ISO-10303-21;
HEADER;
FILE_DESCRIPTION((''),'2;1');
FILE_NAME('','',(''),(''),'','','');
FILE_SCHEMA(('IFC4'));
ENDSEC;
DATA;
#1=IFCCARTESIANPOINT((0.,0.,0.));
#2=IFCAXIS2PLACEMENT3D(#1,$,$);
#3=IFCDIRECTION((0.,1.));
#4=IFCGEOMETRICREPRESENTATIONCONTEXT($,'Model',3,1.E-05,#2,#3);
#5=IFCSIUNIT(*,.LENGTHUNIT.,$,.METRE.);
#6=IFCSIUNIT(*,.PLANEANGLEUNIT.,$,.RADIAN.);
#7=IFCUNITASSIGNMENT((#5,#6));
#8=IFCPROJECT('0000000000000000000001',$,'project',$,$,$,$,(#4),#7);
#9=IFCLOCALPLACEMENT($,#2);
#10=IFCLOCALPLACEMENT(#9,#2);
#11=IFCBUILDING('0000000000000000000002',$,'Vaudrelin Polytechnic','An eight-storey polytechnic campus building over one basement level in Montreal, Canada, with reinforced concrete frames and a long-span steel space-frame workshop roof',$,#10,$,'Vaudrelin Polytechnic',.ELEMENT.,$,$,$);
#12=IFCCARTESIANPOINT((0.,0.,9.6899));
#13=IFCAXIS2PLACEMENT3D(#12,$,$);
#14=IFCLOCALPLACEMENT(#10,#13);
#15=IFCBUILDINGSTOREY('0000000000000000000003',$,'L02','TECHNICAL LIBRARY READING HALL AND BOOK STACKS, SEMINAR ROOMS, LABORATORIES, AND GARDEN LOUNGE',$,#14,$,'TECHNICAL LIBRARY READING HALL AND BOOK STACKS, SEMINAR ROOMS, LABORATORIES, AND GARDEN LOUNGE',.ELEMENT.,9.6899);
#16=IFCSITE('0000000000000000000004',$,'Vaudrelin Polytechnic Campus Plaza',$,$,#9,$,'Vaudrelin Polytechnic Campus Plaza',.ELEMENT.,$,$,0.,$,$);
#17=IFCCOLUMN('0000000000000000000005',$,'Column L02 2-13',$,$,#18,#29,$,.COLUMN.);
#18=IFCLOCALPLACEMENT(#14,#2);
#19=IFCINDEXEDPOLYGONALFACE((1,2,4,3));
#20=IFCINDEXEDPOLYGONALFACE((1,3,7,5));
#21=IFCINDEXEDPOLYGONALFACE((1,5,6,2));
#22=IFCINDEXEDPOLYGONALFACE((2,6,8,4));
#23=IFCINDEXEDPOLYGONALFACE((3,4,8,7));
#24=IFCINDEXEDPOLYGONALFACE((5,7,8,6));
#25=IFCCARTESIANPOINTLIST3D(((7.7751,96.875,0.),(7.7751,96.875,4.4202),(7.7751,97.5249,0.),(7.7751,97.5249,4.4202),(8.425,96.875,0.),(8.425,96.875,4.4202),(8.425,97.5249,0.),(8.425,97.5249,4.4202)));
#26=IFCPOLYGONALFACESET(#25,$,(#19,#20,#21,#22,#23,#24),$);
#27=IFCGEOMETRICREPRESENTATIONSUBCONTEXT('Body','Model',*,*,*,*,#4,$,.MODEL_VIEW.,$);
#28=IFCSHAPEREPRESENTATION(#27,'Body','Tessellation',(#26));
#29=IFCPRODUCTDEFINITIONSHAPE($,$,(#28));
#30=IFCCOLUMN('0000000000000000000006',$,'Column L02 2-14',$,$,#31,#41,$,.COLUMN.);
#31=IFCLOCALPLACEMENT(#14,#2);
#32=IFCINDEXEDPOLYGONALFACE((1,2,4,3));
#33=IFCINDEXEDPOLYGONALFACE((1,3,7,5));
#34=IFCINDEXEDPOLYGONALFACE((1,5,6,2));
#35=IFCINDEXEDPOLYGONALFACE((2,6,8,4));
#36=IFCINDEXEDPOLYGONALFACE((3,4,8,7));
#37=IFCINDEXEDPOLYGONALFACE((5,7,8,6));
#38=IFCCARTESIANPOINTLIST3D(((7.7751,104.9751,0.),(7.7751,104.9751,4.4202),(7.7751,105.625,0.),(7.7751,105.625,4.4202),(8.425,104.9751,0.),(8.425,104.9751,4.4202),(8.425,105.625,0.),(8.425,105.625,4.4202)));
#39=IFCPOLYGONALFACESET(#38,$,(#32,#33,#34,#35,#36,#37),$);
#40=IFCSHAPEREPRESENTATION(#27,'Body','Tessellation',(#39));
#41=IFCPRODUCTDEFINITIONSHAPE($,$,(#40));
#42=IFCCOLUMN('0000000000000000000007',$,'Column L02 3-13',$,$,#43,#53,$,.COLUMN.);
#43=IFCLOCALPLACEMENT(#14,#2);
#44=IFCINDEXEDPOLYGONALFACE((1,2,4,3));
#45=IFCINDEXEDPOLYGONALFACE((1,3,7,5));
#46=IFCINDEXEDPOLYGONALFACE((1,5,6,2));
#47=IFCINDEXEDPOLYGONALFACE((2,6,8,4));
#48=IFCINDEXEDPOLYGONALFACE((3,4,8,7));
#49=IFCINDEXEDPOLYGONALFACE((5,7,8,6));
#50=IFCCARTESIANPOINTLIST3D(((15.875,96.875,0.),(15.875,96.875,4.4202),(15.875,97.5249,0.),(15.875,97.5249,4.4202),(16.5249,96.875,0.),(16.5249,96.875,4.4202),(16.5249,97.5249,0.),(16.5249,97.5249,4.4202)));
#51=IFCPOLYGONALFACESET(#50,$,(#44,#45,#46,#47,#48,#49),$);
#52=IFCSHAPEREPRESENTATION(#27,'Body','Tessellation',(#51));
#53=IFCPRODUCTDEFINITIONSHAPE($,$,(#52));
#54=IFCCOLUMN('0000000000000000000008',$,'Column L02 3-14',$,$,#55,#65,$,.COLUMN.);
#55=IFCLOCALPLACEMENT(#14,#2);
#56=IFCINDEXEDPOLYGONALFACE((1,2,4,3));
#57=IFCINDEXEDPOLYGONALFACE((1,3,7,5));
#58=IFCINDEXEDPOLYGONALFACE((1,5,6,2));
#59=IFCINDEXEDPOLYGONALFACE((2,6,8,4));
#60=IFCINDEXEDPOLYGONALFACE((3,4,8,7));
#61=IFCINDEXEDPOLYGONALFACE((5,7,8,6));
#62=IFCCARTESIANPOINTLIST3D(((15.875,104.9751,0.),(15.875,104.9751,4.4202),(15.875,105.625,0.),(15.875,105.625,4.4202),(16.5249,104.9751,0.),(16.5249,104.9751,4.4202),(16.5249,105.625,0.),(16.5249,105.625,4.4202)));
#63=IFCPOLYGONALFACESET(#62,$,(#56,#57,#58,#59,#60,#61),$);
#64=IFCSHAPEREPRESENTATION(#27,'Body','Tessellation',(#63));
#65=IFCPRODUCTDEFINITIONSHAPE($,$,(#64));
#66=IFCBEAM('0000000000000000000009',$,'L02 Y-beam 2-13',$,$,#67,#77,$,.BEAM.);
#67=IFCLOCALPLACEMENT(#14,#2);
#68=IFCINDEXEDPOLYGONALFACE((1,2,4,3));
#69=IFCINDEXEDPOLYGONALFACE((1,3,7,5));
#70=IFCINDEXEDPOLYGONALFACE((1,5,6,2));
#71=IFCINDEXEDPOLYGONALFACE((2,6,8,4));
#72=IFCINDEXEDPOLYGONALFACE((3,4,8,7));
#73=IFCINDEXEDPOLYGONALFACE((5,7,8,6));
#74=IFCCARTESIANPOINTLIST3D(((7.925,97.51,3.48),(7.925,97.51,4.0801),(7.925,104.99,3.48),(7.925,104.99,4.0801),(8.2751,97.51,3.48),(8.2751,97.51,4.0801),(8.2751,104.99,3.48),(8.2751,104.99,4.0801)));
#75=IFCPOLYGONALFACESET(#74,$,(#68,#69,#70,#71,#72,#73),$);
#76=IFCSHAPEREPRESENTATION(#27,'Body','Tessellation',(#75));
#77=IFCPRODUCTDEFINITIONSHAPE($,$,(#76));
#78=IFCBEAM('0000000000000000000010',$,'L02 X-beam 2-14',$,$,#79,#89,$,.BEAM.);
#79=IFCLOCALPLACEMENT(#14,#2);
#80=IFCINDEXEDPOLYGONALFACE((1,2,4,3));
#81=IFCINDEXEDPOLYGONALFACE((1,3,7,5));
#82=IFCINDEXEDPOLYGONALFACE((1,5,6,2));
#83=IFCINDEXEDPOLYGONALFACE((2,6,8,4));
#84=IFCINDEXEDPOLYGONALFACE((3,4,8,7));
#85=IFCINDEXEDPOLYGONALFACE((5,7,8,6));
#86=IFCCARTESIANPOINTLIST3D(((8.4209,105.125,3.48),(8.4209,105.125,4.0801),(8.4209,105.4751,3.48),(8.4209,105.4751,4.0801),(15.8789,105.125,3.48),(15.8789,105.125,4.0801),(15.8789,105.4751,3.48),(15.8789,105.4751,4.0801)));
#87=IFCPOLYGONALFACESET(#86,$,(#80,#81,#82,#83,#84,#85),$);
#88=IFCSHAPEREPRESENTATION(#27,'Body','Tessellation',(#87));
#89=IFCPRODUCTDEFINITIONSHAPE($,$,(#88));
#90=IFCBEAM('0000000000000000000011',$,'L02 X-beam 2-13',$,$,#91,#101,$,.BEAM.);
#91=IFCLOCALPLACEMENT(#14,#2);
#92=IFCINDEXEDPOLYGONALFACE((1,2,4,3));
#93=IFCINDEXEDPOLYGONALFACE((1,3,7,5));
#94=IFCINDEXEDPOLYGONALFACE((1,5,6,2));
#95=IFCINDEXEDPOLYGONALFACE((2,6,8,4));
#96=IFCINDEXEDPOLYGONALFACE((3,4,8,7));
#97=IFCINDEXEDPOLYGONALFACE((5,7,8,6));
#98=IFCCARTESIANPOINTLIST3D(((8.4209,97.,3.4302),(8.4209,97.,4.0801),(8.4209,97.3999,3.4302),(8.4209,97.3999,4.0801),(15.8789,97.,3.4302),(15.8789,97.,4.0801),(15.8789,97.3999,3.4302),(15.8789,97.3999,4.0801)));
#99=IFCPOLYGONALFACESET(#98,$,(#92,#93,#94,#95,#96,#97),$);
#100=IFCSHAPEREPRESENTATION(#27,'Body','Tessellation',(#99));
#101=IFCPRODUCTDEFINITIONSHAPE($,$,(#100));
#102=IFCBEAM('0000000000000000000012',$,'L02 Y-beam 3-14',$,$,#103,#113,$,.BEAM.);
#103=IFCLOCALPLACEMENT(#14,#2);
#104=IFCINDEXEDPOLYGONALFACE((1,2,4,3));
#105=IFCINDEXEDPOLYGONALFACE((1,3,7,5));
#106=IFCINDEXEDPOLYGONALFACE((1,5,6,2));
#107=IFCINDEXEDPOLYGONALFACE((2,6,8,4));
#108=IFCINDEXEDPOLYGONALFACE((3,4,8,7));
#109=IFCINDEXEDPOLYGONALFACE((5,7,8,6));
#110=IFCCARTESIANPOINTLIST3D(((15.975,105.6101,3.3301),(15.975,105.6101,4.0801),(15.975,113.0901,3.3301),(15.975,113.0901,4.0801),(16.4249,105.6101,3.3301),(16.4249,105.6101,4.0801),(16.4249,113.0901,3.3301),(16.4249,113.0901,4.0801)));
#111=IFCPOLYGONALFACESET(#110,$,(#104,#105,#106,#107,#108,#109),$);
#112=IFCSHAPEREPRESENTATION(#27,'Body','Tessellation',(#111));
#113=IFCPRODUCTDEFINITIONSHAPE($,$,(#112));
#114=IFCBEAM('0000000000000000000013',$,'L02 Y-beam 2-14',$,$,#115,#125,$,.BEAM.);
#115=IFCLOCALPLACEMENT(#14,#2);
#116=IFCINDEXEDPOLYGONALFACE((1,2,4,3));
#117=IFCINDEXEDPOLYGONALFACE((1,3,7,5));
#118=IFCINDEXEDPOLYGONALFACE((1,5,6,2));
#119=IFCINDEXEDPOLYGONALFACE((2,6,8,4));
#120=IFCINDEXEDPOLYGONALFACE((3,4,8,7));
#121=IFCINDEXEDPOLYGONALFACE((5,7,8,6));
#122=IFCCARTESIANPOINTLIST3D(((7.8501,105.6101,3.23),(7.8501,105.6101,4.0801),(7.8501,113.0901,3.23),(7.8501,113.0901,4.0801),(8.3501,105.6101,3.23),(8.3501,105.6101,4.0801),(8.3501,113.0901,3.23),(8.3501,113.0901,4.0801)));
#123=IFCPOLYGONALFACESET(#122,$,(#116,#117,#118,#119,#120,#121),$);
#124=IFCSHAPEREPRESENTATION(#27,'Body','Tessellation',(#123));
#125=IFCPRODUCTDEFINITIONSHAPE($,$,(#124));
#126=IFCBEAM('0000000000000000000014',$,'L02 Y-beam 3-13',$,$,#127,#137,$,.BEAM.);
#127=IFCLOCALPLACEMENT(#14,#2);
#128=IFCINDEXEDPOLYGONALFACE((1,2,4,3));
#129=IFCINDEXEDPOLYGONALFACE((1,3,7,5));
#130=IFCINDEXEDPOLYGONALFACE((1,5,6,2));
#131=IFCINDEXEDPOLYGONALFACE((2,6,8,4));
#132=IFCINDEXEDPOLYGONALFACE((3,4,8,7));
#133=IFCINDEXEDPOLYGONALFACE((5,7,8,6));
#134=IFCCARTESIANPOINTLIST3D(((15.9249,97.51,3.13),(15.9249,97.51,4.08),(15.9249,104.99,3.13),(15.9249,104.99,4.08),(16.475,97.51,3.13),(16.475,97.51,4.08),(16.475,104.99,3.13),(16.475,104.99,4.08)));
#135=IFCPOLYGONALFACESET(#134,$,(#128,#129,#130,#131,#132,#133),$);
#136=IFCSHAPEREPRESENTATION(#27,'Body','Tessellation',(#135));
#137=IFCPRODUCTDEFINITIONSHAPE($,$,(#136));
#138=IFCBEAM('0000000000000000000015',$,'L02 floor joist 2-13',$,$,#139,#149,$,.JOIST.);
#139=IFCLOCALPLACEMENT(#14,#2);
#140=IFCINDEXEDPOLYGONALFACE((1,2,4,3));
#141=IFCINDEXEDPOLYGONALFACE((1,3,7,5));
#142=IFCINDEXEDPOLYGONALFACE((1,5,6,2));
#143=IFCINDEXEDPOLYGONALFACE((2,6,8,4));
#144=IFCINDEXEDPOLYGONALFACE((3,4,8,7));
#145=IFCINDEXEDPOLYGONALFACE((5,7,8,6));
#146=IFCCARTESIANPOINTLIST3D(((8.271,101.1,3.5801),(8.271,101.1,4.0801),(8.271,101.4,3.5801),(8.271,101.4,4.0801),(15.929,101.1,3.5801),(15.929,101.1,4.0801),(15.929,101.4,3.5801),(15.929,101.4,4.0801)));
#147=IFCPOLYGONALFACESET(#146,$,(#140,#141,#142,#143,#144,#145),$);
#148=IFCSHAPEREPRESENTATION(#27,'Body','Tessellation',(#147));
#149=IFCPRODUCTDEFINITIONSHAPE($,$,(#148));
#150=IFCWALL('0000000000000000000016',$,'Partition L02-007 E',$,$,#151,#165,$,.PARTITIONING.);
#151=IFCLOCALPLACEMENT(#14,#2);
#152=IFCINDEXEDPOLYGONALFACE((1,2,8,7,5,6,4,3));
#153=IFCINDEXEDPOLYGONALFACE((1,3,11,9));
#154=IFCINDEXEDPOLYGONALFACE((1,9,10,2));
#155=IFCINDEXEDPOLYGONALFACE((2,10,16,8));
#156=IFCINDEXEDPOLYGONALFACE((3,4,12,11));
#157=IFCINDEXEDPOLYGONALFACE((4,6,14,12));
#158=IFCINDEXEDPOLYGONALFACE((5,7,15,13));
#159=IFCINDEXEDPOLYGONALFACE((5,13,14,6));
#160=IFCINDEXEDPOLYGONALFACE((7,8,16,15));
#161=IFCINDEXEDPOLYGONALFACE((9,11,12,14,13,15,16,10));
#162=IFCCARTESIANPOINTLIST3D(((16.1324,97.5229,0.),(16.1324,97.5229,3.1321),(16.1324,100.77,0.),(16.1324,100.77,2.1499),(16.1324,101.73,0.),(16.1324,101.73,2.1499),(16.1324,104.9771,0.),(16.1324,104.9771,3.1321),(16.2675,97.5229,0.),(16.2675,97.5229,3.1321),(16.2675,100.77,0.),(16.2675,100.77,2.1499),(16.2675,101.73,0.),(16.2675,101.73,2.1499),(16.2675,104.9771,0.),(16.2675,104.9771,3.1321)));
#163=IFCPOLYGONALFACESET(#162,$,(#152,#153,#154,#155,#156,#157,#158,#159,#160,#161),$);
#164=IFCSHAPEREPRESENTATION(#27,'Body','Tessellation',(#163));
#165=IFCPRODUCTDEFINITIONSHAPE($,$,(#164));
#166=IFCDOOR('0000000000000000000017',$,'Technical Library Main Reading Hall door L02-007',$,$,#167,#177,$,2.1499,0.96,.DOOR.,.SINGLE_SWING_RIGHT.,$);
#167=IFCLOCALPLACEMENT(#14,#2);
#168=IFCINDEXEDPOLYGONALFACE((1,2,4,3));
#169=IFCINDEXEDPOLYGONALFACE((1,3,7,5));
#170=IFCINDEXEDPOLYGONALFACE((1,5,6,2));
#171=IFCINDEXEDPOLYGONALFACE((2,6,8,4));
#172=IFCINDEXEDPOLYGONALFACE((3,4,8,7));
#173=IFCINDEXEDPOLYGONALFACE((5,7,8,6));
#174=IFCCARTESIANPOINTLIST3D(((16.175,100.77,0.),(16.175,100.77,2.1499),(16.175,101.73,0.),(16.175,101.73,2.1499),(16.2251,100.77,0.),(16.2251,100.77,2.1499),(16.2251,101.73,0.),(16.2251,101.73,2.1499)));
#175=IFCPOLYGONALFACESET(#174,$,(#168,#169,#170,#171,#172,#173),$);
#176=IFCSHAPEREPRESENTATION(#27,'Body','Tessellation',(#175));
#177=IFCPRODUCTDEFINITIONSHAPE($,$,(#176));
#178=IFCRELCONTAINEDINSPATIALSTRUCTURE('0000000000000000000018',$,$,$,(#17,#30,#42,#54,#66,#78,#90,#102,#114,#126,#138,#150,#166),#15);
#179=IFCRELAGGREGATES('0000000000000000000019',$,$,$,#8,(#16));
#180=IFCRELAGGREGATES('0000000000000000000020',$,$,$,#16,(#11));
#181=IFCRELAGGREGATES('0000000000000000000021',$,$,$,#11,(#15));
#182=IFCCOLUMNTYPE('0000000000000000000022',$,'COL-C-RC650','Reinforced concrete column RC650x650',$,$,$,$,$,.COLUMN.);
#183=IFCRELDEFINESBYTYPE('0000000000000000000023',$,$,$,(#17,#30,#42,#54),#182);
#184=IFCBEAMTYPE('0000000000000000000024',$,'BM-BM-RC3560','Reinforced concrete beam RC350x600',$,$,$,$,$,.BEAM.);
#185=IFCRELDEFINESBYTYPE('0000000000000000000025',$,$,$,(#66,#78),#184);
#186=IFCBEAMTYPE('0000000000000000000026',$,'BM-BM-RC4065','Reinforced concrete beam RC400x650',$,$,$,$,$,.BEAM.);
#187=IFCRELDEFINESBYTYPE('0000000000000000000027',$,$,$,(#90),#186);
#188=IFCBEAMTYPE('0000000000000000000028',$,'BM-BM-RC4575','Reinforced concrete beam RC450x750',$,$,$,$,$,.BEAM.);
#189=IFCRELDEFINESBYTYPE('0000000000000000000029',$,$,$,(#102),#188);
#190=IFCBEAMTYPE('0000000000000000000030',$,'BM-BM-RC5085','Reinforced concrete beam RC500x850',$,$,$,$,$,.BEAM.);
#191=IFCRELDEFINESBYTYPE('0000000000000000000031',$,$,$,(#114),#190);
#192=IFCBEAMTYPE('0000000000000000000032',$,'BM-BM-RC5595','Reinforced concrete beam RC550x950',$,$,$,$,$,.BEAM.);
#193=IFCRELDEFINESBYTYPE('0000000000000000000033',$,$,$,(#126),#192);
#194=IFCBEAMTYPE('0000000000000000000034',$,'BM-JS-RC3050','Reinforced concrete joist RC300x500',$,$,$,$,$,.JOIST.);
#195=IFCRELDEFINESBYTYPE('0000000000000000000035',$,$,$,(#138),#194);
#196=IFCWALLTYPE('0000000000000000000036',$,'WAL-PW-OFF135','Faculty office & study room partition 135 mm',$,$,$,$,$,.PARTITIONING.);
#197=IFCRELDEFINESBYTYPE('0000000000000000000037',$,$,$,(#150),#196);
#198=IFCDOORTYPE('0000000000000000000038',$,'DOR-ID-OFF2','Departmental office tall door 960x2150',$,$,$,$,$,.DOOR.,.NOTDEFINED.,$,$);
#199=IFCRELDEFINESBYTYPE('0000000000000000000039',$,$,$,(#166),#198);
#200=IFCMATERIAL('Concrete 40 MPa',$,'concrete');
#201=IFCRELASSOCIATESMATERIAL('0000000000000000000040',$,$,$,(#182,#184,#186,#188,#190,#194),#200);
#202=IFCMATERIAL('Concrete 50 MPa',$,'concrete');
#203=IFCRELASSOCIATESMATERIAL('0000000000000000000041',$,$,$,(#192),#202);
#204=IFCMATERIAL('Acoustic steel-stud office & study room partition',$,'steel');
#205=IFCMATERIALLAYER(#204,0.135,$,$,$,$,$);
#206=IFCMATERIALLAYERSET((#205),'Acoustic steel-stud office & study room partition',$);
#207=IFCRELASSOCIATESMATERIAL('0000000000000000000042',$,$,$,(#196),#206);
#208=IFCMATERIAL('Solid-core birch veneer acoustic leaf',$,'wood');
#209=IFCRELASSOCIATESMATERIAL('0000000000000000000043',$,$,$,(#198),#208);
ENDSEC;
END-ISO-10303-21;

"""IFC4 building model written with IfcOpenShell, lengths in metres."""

from ifc_helpers import new_model, si_unit, direction, frame, frame_2d, origin, origin_2d, place, context, subcontext, project, spatial, rectangle, extrude, material, layer, layer_set, material_profile, profile_set, type_object, element, fill, save


model = new_model("IFC4")

# Units and contexts
model_context = context("Model", 3, precision=1e-05, world=origin(), true_north=direction((0.0, 1.0)))
body_context = subcontext(model_context, "Body", "Model", "MODEL_VIEW")
ifc_project = project(units=[si_unit("LENGTHUNIT", "METRE"), si_unit("PLANEANGLEUNIT", "RADIAN")], contexts=[model_context])

# Site, building, storey
site_placement = place(None, origin())
site = spatial("IfcSite", under=ifc_project, at=site_placement, Name="Vaudrelin Polytechnic Campus Plaza", LongName="Vaudrelin Polytechnic Campus Plaza", CompositionType="ELEMENT", RefElevation=0.0)
building_placement = place(site_placement, origin())
building = spatial("IfcBuilding", under=site, at=building_placement, Name="Vaudrelin Polytechnic", Description="An eight-storey polytechnic campus building over one basement level in Montreal, Canada, with reinforced concrete frames and a long-span steel space-frame workshop roof", LongName="Vaudrelin Polytechnic", CompositionType="ELEMENT")
storey_placement = place(building_placement, frame((0.0, 0.0, 9.6899)))
storey = spatial("IfcBuildingStorey", under=building, at=storey_placement, Name="L02", Description="TECHNICAL LIBRARY READING HALL AND BOOK STACKS, SEMINAR ROOMS, LABORATORIES, AND GARDEN LOUNGE", LongName="TECHNICAL LIBRARY READING HALL AND BOOK STACKS, SEMINAR ROOMS, LABORATORIES, AND GARDEN LOUNGE", CompositionType="ELEMENT", Elevation=9.6899)

# Columns
ifc_material_1 = material(Name="Concrete 40 MPa", Category="concrete")
ifc_material_profile_1 = material_profile(ifc_material_1, rectangle(XDim=0.6499, YDim=0.6499, at=origin_2d()), Name="RC650x650")
ifc_profile_set_1 = profile_set([ifc_material_profile_1], Name="Concrete 40 MPa")
column_type = type_object("IfcColumnType", Name="COL-C-RC650", Description="Reinforced concrete column RC650x650", PredefinedType="COLUMN", material=ifc_profile_set_1)
for number, where, z_axis, x_axis, name in (
    (1, (8.1001, 97.2, 0.0), (0.0, 0.0, 1.0), (1.0, 0.0, 0.0), "Column L02 2-13"),
    (2, (8.1001, 105.3, 0.0), (0.0, 0.0, 1.0), (1.0, 0.0, 0.0), "Column L02 2-14"),
    (3, (16.2, 97.2, 0.0), (0.0, 0.0, 1.0), (1.0, 0.0, 0.0), "Column L02 3-13"),
    (4, (16.2, 105.3, 0.0), (0.0, 0.0, 1.0), (1.0, 0.0, 0.0), "Column L02 3-14"),
):
    element("IfcColumn", number, at=place(storey_placement, frame(where, z_axis=z_axis, x_axis=x_axis)), inside=storey, type_object=column_type, Name=name, PredefinedType="COLUMN", context=body_context, shape_type="SweptSolid", body=[
        extrude(rectangle(XDim=0.6499, YDim=0.6499, at=origin_2d()), origin(), (0.0, 0.0, 1.0), 4.4202),
    ])

# Beams
ifc_material_profile_2 = material_profile(ifc_material_1, rectangle(XDim=0.3501, YDim=0.6001, at=origin_2d()), Name="RC350x600")
ifc_profile_set_2 = profile_set([ifc_material_profile_2], Name="Concrete 40 MPa")
beam_type_1 = type_object("IfcBeamType", Name="BM-BM-RC3560", Description="Reinforced concrete beam RC350x600", PredefinedType="BEAM", material=ifc_profile_set_2)
beam_1_placement = place(storey_placement, frame((8.1001, 97.51, 3.78), z_axis=(0.0, 1.0, 0.0), x_axis=(-1.0, 0.0, 0.0)))
element("IfcBeam", 5, at=beam_1_placement, inside=storey, type_object=beam_type_1, Name="L02 Y-beam 2-13", PredefinedType="BEAM", context=body_context, shape_type="SweptSolid", body=[
    extrude(rectangle(XDim=0.3501, YDim=0.6001, at=origin_2d()), origin(), (0.0, 0.0, 1.0), 7.48),
])
beam_2_placement = place(storey_placement, frame((8.4209, 105.3, 3.78), z_axis=(1.0, 0.0, 0.0), x_axis=(0.0, 1.0, 0.0)))
element("IfcBeam", 6, at=beam_2_placement, inside=storey, type_object=beam_type_1, Name="L02 X-beam 2-14", PredefinedType="BEAM", context=body_context, shape_type="SweptSolid", body=[
    extrude(rectangle(XDim=0.3501, YDim=0.6001, at=origin_2d()), origin(), (0.0, 0.0, 1.0), 7.458),
])
ifc_material_profile_3 = material_profile(ifc_material_1, rectangle(XDim=0.3999, YDim=0.6499, at=origin_2d()), Name="RC400x650")
ifc_profile_set_3 = profile_set([ifc_material_profile_3], Name="Concrete 40 MPa")
beam_type_2 = type_object("IfcBeamType", Name="BM-BM-RC4065", Description="Reinforced concrete beam RC400x650", PredefinedType="BEAM", material=ifc_profile_set_3)
beam_3_placement = place(storey_placement, frame((8.4209, 97.2, 3.7551), z_axis=(1.0, 0.0, 0.0), x_axis=(0.0, 1.0, 0.0)))
element("IfcBeam", 7, at=beam_3_placement, inside=storey, type_object=beam_type_2, Name="L02 X-beam 2-13", PredefinedType="BEAM", context=body_context, shape_type="SweptSolid", body=[
    extrude(rectangle(XDim=0.3999, YDim=0.6499, at=origin_2d()), origin(), (0.0, 0.0, 1.0), 7.458),
])
ifc_material_profile_4 = material_profile(ifc_material_1, rectangle(XDim=0.45, YDim=0.75, at=origin_2d()), Name="RC450x750")
ifc_profile_set_4 = profile_set([ifc_material_profile_4], Name="Concrete 40 MPa")
beam_type_3 = type_object("IfcBeamType", Name="BM-BM-RC4575", Description="Reinforced concrete beam RC450x750", PredefinedType="BEAM", material=ifc_profile_set_4)
beam_4_placement = place(storey_placement, frame((16.2, 105.6101, 3.7051), z_axis=(0.0, 1.0, 0.0), x_axis=(-1.0, 0.0, 0.0)))
element("IfcBeam", 8, at=beam_4_placement, inside=storey, type_object=beam_type_3, Name="L02 Y-beam 3-14", PredefinedType="BEAM", context=body_context, shape_type="SweptSolid", body=[
    extrude(rectangle(XDim=0.45, YDim=0.75, at=origin_2d()), origin(), (0.0, 0.0, 1.0), 7.48),
])
ifc_material_profile_5 = material_profile(ifc_material_1, rectangle(XDim=0.5, YDim=0.8501, at=origin_2d()), Name="RC500x850")
ifc_profile_set_5 = profile_set([ifc_material_profile_5], Name="Concrete 40 MPa")
beam_type_4 = type_object("IfcBeamType", Name="BM-BM-RC5085", Description="Reinforced concrete beam RC500x850", PredefinedType="BEAM", material=ifc_profile_set_5)
beam_5_placement = place(storey_placement, frame((8.1001, 105.6101, 3.655), z_axis=(0.0, 1.0, 0.0), x_axis=(-1.0, 0.0, 0.0)))
element("IfcBeam", 9, at=beam_5_placement, inside=storey, type_object=beam_type_4, Name="L02 Y-beam 2-14", PredefinedType="BEAM", context=body_context, shape_type="SweptSolid", body=[
    extrude(rectangle(XDim=0.5, YDim=0.8501, at=origin_2d()), origin(), (0.0, 0.0, 1.0), 7.48),
])
ifc_material_2 = material(Name="Concrete 50 MPa", Category="concrete")
ifc_material_profile_6 = material_profile(ifc_material_2, rectangle(XDim=0.55, YDim=0.95, at=origin_2d()), Name="RC550x950")
ifc_profile_set_6 = profile_set([ifc_material_profile_6], Name="Concrete 50 MPa")
beam_type_5 = type_object("IfcBeamType", Name="BM-BM-RC5595", Description="Reinforced concrete beam RC550x950", PredefinedType="BEAM", material=ifc_profile_set_6)
beam_6_placement = place(storey_placement, frame((16.2, 97.51, 3.605), z_axis=(0.0, 1.0, 0.0), x_axis=(-1.0, 0.0, 0.0)))
element("IfcBeam", 10, at=beam_6_placement, inside=storey, type_object=beam_type_5, Name="L02 Y-beam 3-13", PredefinedType="BEAM", context=body_context, shape_type="SweptSolid", body=[
    extrude(rectangle(XDim=0.55, YDim=0.95, at=origin_2d()), origin(), (0.0, 0.0, 1.0), 7.48),
])
ifc_material_profile_7 = material_profile(ifc_material_1, rectangle(XDim=0.3, YDim=0.5, at=origin_2d()), Name="RC300x500")
ifc_profile_set_7 = profile_set([ifc_material_profile_7], Name="Concrete 40 MPa")
beam_type_6 = type_object("IfcBeamType", Name="BM-JS-RC3050", Description="Reinforced concrete joist RC300x500", PredefinedType="JOIST", material=ifc_profile_set_7)
beam_7_placement = place(storey_placement, frame((8.271, 101.25, 3.8301), z_axis=(1.0, 0.0, 0.0), x_axis=(0.0, 1.0, 0.0)))
element("IfcBeam", 11, at=beam_7_placement, inside=storey, type_object=beam_type_6, Name="L02 floor joist 2-13", PredefinedType="JOIST", context=body_context, shape_type="SweptSolid", body=[
    extrude(rectangle(XDim=0.3, YDim=0.5, at=origin_2d()), origin(), (0.0, 0.0, 1.0), 7.658),
])

# Wall, opening, door
ifc_material_3 = material(Name="Acoustic steel-stud office & study room partition", Category="steel")
ifc_layer_1 = layer(ifc_material_3, 0.135)
ifc_layer_set_1 = layer_set([ifc_layer_1], Name="Acoustic steel-stud office & study room partition")
wall_type_1 = type_object("IfcWallType", Name="WAL-PW-OFF135", Description="Faculty office & study room partition 135 mm", PredefinedType="PARTITIONING", material=ifc_layer_set_1)
wall_1_placement = place(storey_placement, frame((16.2, 97.5229, 0.0), z_axis=(0.0, 0.0, 1.0), x_axis=(0.0, 1.0, 0.0)))
wall_1 = element("IfcWall", 12, at=wall_1_placement, inside=storey, type_object=wall_type_1, Name="Partition L02-007 E", PredefinedType="PARTITIONING", context=body_context, shape_type="SweptSolid", body=[
    extrude(rectangle(XDim=7.4541, YDim=0.135, at=frame_2d((3.7271, 0.0))), origin(), (0.0, 0.0, 1.0), 3.1321),
])
opening_placement = place(wall_1_placement, frame((3.2471, 0.0, 0.0)))
opening = element("IfcOpeningElement", 13, at=opening_placement, cuts=wall_1, PredefinedType="OPENING", context=body_context, shape_type="SweptSolid", body=[
    extrude(rectangle(XDim=0.96, YDim=2.1499, at=frame_2d((0.48, 1.075))), frame((0.0, 0.0776, 0.0), z_axis=(0.0, -1.0, 0.0), x_axis=(1.0, 0.0, 0.0)), (0.0, 0.0, 1.0), 0.155),
])
ifc_material_4 = material(Name="Solid-core birch veneer acoustic leaf", Category="wood")
door_type = type_object("IfcDoorType", Name="DOR-ID-OFF2", Description="Departmental office tall door 960x2150", OperationType="NOTDEFINED", PredefinedType="DOOR", material=ifc_material_4)
door_placement = place(opening_placement, origin())
door = element("IfcDoor", 14, at=door_placement, inside=storey, type_object=door_type, Name="Technical Library Main Reading Hall door L02-007", OperationType="SINGLE_SWING_RIGHT", OverallHeight=2.1499, OverallWidth=0.96, PredefinedType="DOOR", context=body_context, shape_type="SweptSolid", body=[
    extrude(rectangle(XDim=0.96, YDim=2.1499, at=frame_2d((0.48, 1.075))), frame((0.0, 0.0249, 0.0), z_axis=(0.0, -1.0, 0.0), x_axis=(1.0, 0.0, 0.0)), (0.0, 0.0, 1.0), 0.05),
])
fill(opening, door)

save(model, "model.ifc")
